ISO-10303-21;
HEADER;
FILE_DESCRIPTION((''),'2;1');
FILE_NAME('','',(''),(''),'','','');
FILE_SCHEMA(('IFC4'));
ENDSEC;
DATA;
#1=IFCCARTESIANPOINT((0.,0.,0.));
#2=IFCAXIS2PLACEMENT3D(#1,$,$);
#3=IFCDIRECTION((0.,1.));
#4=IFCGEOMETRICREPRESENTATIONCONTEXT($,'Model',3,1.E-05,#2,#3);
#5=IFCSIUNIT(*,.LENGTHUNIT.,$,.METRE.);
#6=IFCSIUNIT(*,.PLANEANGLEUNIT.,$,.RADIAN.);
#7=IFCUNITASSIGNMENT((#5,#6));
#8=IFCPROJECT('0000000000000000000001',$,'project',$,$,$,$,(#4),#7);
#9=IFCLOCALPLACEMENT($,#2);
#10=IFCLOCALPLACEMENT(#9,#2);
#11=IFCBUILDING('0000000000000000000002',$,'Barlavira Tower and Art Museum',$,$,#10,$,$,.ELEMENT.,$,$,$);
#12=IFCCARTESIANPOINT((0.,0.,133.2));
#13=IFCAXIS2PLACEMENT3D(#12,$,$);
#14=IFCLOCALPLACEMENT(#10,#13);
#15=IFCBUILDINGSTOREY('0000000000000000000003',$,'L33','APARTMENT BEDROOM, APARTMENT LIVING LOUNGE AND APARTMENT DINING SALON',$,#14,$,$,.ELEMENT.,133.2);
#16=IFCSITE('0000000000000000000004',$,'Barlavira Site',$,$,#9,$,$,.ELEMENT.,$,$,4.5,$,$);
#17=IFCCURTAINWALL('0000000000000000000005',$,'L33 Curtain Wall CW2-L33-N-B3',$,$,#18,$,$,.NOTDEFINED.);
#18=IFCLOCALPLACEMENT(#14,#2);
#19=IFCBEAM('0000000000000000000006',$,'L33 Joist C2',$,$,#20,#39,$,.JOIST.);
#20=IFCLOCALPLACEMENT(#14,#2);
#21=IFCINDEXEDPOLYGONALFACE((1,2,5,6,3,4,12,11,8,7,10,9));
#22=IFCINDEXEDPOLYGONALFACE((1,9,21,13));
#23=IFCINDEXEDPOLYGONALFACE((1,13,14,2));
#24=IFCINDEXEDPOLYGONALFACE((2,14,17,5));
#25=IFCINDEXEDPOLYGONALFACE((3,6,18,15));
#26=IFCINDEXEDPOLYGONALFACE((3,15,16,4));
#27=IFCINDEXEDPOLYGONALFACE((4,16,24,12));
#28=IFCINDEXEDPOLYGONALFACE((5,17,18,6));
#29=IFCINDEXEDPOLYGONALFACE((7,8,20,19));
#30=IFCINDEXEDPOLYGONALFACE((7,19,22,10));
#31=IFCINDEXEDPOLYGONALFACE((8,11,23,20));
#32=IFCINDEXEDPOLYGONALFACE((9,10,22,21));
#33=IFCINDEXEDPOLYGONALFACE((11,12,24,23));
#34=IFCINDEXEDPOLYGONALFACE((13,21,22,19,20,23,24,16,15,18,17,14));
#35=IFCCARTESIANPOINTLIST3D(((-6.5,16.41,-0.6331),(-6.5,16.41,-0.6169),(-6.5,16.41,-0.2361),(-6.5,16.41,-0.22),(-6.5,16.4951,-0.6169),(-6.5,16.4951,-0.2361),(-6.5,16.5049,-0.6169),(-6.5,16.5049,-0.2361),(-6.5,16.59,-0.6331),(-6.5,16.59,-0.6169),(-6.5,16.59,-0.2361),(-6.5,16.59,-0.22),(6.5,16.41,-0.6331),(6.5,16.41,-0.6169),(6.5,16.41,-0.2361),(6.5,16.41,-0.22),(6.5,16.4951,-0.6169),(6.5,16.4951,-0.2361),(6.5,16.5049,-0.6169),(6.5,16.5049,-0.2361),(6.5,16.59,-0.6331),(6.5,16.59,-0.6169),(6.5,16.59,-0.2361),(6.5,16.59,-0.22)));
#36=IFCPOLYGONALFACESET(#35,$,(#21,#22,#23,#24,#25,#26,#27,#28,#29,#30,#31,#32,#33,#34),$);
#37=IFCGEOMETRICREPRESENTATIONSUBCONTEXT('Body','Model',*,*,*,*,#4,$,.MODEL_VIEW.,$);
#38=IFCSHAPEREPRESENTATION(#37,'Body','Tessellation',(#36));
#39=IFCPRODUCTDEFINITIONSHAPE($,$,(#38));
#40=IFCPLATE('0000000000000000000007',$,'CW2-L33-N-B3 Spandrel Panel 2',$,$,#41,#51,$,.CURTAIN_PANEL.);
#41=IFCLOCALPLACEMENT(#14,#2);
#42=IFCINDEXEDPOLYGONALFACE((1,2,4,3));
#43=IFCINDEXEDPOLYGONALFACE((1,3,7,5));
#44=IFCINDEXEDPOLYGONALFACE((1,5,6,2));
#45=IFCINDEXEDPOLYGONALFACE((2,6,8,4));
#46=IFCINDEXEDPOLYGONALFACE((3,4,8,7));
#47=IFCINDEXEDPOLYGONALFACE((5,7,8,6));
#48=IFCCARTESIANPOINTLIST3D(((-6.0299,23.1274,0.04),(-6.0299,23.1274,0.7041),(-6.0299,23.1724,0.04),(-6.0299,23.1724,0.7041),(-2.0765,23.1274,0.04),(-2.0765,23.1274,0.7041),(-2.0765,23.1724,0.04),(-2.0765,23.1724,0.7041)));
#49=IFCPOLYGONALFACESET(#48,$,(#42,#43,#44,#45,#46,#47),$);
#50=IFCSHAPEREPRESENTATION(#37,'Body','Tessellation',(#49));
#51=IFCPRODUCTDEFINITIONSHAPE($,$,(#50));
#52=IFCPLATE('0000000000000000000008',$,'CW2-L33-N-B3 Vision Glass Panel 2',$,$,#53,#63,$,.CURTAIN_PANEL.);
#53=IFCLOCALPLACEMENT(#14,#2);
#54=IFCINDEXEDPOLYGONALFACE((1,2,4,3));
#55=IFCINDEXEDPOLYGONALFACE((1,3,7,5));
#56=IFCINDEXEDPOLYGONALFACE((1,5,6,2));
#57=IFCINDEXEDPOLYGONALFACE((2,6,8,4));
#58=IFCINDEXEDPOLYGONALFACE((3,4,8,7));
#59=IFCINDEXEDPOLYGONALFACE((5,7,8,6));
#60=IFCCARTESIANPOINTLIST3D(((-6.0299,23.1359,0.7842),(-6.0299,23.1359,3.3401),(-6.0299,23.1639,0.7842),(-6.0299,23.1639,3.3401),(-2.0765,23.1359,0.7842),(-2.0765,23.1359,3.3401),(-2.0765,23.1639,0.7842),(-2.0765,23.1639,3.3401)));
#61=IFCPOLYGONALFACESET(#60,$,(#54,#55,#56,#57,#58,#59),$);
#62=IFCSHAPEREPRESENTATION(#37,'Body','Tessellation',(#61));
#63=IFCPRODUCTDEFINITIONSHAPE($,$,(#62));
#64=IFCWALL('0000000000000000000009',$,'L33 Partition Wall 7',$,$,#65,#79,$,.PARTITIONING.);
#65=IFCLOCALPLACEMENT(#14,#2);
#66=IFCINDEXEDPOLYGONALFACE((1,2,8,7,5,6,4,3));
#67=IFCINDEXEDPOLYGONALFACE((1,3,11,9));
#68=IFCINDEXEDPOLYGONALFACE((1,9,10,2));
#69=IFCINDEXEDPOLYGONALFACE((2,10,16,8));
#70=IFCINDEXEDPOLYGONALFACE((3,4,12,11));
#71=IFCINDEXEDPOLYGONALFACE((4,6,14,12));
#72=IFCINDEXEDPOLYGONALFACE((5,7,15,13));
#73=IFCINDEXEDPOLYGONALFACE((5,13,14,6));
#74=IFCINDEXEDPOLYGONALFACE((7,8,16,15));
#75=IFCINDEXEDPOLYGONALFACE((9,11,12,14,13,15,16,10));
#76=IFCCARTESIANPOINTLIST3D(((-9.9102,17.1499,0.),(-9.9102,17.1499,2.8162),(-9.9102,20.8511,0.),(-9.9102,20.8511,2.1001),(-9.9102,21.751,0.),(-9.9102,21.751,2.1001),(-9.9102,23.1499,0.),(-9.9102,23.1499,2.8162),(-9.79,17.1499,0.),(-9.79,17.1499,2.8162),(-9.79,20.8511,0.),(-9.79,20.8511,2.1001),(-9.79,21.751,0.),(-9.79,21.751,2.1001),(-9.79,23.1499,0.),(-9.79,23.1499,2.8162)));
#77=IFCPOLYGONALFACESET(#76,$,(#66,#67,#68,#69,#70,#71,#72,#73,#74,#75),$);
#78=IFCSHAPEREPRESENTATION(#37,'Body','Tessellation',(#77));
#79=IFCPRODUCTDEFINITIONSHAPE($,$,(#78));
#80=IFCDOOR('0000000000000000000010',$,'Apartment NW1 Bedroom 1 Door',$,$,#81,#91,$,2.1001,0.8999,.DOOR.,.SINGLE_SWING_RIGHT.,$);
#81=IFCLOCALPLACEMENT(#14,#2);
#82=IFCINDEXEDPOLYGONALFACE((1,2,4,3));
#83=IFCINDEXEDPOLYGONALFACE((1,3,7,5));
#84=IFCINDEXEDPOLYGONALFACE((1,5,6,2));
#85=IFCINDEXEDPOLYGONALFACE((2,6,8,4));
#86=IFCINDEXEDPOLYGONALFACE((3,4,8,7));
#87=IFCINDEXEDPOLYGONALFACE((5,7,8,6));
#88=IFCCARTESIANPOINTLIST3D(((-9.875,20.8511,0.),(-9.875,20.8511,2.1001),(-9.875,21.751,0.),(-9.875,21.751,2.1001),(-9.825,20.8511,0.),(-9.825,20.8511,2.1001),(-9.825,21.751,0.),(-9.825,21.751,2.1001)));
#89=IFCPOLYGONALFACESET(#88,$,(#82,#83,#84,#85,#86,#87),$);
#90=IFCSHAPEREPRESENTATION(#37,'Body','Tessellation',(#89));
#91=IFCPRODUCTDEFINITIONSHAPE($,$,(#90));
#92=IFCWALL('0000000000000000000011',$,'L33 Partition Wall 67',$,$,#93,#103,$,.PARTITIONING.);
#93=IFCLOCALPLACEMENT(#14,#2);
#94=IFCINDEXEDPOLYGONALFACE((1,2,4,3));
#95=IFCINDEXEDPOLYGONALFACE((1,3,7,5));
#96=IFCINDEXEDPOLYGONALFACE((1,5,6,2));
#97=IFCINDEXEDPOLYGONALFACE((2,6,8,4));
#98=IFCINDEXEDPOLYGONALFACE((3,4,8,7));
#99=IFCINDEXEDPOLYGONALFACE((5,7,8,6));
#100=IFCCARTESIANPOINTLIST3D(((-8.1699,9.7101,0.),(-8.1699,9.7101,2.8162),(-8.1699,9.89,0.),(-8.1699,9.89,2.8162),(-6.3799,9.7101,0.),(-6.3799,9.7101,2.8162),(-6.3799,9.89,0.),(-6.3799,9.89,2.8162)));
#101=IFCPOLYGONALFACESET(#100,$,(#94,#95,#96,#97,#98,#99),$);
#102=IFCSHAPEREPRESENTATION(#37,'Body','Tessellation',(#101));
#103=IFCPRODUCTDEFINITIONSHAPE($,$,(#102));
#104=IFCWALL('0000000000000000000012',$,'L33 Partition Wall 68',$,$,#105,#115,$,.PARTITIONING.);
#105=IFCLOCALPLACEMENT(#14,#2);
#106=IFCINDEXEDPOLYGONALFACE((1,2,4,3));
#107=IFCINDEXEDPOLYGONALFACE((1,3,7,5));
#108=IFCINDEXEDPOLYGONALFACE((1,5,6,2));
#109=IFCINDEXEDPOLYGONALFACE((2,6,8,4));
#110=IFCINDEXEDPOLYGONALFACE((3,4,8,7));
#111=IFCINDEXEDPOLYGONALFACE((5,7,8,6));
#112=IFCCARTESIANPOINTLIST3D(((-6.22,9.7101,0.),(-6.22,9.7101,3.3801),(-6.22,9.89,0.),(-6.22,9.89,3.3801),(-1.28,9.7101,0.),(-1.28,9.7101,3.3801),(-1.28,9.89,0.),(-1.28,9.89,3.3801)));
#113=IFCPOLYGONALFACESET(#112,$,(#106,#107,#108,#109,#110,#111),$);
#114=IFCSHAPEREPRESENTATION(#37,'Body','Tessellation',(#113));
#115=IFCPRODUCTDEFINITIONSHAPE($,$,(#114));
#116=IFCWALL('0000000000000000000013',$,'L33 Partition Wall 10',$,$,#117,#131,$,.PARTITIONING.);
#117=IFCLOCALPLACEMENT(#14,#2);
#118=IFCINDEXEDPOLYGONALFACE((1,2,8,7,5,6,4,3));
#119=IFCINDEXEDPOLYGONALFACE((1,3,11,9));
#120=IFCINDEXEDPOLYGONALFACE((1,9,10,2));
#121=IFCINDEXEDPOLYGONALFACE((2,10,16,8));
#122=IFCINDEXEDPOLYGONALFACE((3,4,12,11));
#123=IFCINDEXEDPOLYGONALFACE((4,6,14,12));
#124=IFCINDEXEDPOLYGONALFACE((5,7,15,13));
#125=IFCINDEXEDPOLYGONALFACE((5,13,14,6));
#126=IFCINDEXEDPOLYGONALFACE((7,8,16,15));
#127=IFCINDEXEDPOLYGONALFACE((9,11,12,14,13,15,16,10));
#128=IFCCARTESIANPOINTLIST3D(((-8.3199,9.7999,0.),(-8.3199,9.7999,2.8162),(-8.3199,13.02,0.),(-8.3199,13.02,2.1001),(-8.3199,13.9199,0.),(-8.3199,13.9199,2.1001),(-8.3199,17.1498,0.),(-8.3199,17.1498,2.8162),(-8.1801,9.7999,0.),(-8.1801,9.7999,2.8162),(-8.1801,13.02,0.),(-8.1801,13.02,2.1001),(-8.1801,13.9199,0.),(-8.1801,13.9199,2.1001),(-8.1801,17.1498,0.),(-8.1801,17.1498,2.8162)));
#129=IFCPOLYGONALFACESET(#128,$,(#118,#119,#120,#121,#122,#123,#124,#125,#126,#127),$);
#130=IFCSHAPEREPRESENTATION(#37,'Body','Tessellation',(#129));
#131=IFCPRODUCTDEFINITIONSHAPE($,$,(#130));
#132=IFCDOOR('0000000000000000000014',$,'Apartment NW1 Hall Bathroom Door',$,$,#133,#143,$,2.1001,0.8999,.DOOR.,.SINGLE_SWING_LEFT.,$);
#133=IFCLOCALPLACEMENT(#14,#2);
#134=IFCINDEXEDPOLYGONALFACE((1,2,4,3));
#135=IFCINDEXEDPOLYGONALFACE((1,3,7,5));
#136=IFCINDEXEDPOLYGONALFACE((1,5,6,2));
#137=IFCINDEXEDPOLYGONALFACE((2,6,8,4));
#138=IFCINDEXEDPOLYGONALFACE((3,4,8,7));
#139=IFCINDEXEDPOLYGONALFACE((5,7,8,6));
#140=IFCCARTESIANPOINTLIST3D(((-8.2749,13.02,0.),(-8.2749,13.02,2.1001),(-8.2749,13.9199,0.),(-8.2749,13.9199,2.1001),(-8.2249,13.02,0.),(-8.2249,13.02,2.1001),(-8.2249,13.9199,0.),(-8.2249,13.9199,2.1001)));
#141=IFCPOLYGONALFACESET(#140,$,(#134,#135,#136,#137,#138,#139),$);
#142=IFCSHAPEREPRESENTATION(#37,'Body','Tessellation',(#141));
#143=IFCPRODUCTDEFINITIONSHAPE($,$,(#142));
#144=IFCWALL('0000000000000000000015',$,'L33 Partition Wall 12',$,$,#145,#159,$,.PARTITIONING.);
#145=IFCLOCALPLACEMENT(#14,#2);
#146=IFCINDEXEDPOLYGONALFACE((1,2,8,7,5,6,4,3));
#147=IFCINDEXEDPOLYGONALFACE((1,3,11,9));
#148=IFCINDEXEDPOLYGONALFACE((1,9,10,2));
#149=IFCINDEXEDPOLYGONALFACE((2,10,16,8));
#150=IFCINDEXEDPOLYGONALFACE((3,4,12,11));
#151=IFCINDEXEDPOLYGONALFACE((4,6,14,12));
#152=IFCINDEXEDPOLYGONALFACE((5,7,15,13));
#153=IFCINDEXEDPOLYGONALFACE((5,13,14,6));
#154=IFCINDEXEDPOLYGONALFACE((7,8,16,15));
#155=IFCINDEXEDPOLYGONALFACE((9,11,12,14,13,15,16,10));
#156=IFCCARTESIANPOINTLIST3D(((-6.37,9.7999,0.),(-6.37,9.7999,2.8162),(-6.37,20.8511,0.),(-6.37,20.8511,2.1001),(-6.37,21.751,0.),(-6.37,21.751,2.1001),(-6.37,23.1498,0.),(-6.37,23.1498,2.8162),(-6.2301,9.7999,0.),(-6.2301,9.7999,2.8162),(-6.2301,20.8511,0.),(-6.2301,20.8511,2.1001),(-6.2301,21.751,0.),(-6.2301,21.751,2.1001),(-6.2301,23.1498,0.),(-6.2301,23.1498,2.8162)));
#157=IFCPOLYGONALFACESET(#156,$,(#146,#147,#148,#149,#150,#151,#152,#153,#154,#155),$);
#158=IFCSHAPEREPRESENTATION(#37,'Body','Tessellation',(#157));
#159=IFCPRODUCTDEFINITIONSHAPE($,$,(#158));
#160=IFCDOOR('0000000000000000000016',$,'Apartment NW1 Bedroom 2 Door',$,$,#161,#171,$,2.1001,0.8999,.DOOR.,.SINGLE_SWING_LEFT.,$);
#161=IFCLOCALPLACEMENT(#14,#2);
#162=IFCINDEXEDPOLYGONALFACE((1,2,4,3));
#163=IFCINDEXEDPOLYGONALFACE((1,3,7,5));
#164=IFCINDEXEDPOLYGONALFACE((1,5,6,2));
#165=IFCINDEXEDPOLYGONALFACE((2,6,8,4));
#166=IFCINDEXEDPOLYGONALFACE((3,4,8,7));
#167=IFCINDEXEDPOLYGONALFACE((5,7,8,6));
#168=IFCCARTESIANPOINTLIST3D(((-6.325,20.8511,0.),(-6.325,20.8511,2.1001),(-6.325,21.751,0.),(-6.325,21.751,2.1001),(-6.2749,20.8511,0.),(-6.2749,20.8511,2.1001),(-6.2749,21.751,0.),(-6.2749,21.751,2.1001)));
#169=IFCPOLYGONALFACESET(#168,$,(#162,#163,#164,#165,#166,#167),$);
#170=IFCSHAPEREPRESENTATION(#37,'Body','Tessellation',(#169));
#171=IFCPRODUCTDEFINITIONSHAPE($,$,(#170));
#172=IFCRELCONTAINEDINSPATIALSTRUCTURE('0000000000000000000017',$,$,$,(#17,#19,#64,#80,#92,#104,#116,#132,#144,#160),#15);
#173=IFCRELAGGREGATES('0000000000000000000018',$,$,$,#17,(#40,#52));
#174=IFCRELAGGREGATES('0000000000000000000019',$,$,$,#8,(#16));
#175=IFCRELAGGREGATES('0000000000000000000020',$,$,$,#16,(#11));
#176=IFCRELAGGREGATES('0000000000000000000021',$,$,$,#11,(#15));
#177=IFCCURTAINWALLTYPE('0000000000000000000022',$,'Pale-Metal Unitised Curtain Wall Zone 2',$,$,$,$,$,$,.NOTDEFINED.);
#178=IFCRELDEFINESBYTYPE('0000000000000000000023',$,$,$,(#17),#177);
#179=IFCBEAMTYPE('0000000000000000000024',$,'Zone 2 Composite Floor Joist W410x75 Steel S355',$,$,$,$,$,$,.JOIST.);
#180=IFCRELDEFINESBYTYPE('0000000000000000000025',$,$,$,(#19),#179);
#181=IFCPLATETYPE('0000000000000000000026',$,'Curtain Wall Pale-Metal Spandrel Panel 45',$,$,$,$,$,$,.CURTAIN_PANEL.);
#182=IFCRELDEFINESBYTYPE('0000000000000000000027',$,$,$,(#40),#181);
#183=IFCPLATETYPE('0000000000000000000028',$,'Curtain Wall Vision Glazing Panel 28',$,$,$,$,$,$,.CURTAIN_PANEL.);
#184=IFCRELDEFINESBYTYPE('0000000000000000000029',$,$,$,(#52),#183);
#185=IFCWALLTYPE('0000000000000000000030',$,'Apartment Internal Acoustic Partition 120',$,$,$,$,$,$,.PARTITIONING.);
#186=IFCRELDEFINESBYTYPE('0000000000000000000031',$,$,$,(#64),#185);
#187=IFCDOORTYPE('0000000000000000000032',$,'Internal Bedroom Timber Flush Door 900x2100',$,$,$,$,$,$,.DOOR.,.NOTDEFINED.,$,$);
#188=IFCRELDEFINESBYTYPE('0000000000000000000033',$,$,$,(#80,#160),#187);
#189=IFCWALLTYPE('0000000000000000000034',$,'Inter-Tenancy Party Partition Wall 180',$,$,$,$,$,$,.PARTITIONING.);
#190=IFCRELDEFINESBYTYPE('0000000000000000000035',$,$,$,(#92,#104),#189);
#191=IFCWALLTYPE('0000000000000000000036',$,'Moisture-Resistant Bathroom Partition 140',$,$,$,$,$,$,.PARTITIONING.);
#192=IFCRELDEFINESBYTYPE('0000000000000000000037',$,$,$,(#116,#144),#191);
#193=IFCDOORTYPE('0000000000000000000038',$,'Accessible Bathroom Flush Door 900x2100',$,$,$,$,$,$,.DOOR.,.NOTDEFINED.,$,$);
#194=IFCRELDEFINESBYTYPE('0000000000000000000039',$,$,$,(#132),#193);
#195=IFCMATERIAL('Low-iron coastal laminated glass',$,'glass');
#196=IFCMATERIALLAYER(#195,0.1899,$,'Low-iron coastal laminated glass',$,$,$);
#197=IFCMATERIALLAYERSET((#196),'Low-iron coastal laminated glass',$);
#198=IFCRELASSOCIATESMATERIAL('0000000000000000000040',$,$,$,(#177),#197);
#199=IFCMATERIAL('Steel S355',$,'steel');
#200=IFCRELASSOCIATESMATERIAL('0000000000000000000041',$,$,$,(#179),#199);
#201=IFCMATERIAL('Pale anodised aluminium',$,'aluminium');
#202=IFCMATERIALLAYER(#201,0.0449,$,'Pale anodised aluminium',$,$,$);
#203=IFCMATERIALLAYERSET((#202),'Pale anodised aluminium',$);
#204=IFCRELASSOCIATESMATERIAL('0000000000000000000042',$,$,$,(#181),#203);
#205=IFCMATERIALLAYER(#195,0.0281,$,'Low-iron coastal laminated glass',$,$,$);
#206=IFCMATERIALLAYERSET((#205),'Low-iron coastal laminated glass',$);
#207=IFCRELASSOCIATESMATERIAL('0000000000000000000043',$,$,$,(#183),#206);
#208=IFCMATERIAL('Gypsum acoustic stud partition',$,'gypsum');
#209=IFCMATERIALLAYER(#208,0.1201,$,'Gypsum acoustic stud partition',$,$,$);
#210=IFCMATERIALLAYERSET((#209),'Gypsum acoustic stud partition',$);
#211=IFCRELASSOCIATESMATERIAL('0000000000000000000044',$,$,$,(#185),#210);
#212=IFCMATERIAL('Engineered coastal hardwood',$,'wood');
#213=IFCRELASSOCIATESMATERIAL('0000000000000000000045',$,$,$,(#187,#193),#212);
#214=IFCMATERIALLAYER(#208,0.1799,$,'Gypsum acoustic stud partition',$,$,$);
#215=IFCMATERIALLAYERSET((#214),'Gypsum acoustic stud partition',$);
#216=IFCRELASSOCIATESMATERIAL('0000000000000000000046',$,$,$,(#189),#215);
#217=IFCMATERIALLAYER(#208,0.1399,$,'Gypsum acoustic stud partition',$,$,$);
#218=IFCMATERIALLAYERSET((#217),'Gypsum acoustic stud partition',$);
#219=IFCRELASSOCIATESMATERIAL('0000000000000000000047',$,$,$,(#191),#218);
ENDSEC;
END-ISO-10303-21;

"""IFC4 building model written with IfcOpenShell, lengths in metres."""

from ifc_helpers import new_model, si_unit, direction, frame, frame_2d, origin, origin_2d, place, context, subcontext, project, spatial, rectangle, i_section, extrude, material, layer, layer_set, material_profile, profile_set, type_object, element, fill, aggregate, save


model = new_model("IFC4")

# Units and contexts
model_context = context("Model", 3, precision=1e-05, world=origin(), true_north=direction((0.0, 1.0)))
body_context = subcontext(model_context, "Body", "Model", "MODEL_VIEW")
ifc_project = project(units=[si_unit("LENGTHUNIT", "METRE"), si_unit("PLANEANGLEUNIT", "RADIAN")], contexts=[model_context])

# Site, building, storey
site_placement = place(None, origin())
site = spatial("IfcSite", under=ifc_project, at=site_placement, Name="Barlavira Site", CompositionType="ELEMENT", RefElevation=4.5)
building_placement = place(site_placement, origin())
building = spatial("IfcBuilding", under=site, at=building_placement, Name="Barlavira Tower and Art Museum", CompositionType="ELEMENT")
storey_placement = place(building_placement, frame((0.0, 0.0, 133.2)))
storey = spatial("IfcBuildingStorey", under=building, at=storey_placement, Name="L33", Description="APARTMENT BEDROOM, APARTMENT LIVING LOUNGE AND APARTMENT DINING SALON", CompositionType="ELEMENT", Elevation=133.2)

# Curtain wall
ifc_material_1 = material(Name="Low-iron coastal laminated glass", Category="glass")
ifc_layer_1 = layer(ifc_material_1, 0.1899, Name="Low-iron coastal laminated glass")
ifc_layer_set_1 = layer_set([ifc_layer_1], Name="Low-iron coastal laminated glass")
curtain_wall_type = type_object("IfcCurtainWallType", Name="Pale-Metal Unitised Curtain Wall Zone 2", PredefinedType="NOTDEFINED", material=ifc_layer_set_1)
curtain_wall_placement = place(storey_placement, origin())
curtain_wall = element("IfcCurtainWall", 1, at=curtain_wall_placement, inside=storey, type_object=curtain_wall_type, Name="L33 Curtain Wall CW2-L33-N-B3", PredefinedType="NOTDEFINED")
ifc_material_2 = material(Name="Pale anodised aluminium", Category="aluminium")

# Beam
ifc_material_3 = material(Name="Steel S355", Category="steel")
ifc_material_profile_1 = material_profile(ifc_material_3, i_section(OverallWidth=0.1799, OverallDepth=0.4131, WebThickness=0.0098, FlangeThickness=0.0161, at=origin_2d()), Name="W410x75.0")
ifc_profile_set_1 = profile_set([ifc_material_profile_1], Name="Steel S355")
beam_type_1 = type_object("IfcBeamType", Name="Zone 2 Composite Floor Joist W410x75 Steel S355", PredefinedType="JOIST", material=ifc_profile_set_1)
beam_1_placement = place(storey_placement, frame((-6.5, 16.5, -0.4265), z_axis=(1.0, 0.0, 0.0), x_axis=(0.0, 1.0, 0.0)))
element("IfcBeam", 2, at=beam_1_placement, inside=storey, type_object=beam_type_1, Name="L33 Joist C2", PredefinedType="JOIST", context=body_context, shape_type="SweptSolid", body=[
    extrude(i_section(OverallWidth=0.1799, OverallDepth=0.4131, WebThickness=0.0098, FlangeThickness=0.0161, at=origin_2d()), origin(), (0.0, 0.0, 1.0), 13.0),
])

# Plates
ifc_layer_2 = layer(ifc_material_2, 0.0449, Name="Pale anodised aluminium")
ifc_layer_set_2 = layer_set([ifc_layer_2], Name="Pale anodised aluminium")
plate_type_1 = type_object("IfcPlateType", Name="Curtain Wall Pale-Metal Spandrel Panel 45", PredefinedType="CURTAIN_PANEL", material=ifc_layer_set_2)
plate_1_placement = place(storey_placement, frame((-4.0532, 23.1499, 0.04), z_axis=(0.0, 0.0, 1.0), x_axis=(-1.0, 0.0, 0.0)))
plate_1 = element("IfcPlate", 3, at=plate_1_placement, type_object=plate_type_1, Name="CW2-L33-N-B3 Spandrel Panel 2", PredefinedType="CURTAIN_PANEL", context=body_context, shape_type="SweptSolid", body=[
    extrude(rectangle(XDim=3.9534, YDim=0.0449, at=origin_2d()), origin(), (0.0, 0.0, 1.0), 0.6641),
])
ifc_layer_3 = layer(ifc_material_1, 0.0281, Name="Low-iron coastal laminated glass")
ifc_layer_set_3 = layer_set([ifc_layer_3], Name="Low-iron coastal laminated glass")
plate_type_2 = type_object("IfcPlateType", Name="Curtain Wall Vision Glazing Panel 28", PredefinedType="CURTAIN_PANEL", material=ifc_layer_set_3)
plate_2_placement = place(storey_placement, frame((-4.0532, 23.1499, 0.7842), z_axis=(0.0, 0.0, 1.0), x_axis=(-1.0, 0.0, 0.0)))
plate_2 = element("IfcPlate", 4, at=plate_2_placement, type_object=plate_type_2, Name="CW2-L33-N-B3 Vision Glass Panel 2", PredefinedType="CURTAIN_PANEL", context=body_context, shape_type="SweptSolid", body=[
    extrude(rectangle(XDim=3.9534, YDim=0.0281, at=origin_2d()), origin(), (0.0, 0.0, 1.0), 2.5559),
])
aggregate(curtain_wall, [plate_1, plate_2])

# Wall, opening, door
ifc_material_4 = material(Name="Gypsum acoustic stud partition", Category="gypsum")
ifc_layer_4 = layer(ifc_material_4, 0.1201, Name="Gypsum acoustic stud partition")
ifc_layer_set_4 = layer_set([ifc_layer_4], Name="Gypsum acoustic stud partition")
wall_type_1 = type_object("IfcWallType", Name="Apartment Internal Acoustic Partition 120", PredefinedType="PARTITIONING", material=ifc_layer_set_4)
wall_1_placement = place(storey_placement, frame((-9.8501, 17.1499, 0.0), z_axis=(0.0, 0.0, 1.0), x_axis=(0.0, 1.0, 0.0)))
wall_1 = element("IfcWall", 5, at=wall_1_placement, inside=storey, type_object=wall_type_1, Name="L33 Partition Wall 7", PredefinedType="PARTITIONING", context=body_context, shape_type="SweptSolid", body=[
    extrude(rectangle(XDim=6.0, YDim=0.1201, at=frame_2d((3.0, 0.0))), origin(), (0.0, 0.0, 1.0), 2.8162),
])
opening_1_placement = place(wall_1_placement, frame((3.7012, 0.0, 0.0)))
opening_1 = element("IfcOpeningElement", 6, at=opening_1_placement, cuts=wall_1, PredefinedType="OPENING", context=body_context, shape_type="SweptSolid", body=[
    extrude(rectangle(XDim=0.8999, YDim=2.1001, at=frame_2d((0.45, 1.05))), frame((0.0, 0.0701, 0.0), z_axis=(0.0, -1.0, 0.0), x_axis=(1.0, 0.0, 0.0)), (0.0, 0.0, 1.0), 0.1401),
])
ifc_material_5 = material(Name="Engineered coastal hardwood", Category="wood")
door_type_1 = type_object("IfcDoorType", Name="Internal Bedroom Timber Flush Door 900x2100", OperationType="NOTDEFINED", PredefinedType="DOOR", material=ifc_material_5)
door_1_placement = place(opening_1_placement, origin())
door_1 = element("IfcDoor", 7, at=door_1_placement, inside=storey, type_object=door_type_1, Name="Apartment NW1 Bedroom 1 Door", OperationType="SINGLE_SWING_RIGHT", OverallHeight=2.1001, OverallWidth=0.8999, PredefinedType="DOOR", context=body_context, shape_type="SweptSolid", body=[
    extrude(rectangle(XDim=0.8999, YDim=2.1001, at=frame_2d((0.45, 1.05))), frame((0.0, 0.0249, 0.0), z_axis=(0.0, -1.0, 0.0), x_axis=(1.0, 0.0, 0.0)), (0.0, 0.0, 1.0), 0.05),
])
fill(opening_1, door_1)

# Walls
ifc_layer_5 = layer(ifc_material_4, 0.1799, Name="Gypsum acoustic stud partition")
ifc_layer_set_5 = layer_set([ifc_layer_5], Name="Gypsum acoustic stud partition")
wall_type_2 = type_object("IfcWallType", Name="Inter-Tenancy Party Partition Wall 180", PredefinedType="PARTITIONING", material=ifc_layer_set_5)
wall_2_placement = place(storey_placement, frame((-8.1699, 9.8, 0.0), z_axis=(0.0, 0.0, 1.0), x_axis=(1.0, 0.0, 0.0)))
element("IfcWall", 8, at=wall_2_placement, inside=storey, type_object=wall_type_2, Name="L33 Partition Wall 67", PredefinedType="PARTITIONING", context=body_context, shape_type="SweptSolid", body=[
    extrude(rectangle(XDim=1.79, YDim=0.1799, at=frame_2d((0.895, 0.0))), origin(), (0.0, 0.0, 1.0), 2.8162),
])
wall_3_placement = place(storey_placement, frame((-6.22, 9.8, 0.0), z_axis=(0.0, 0.0, 1.0), x_axis=(1.0, 0.0, 0.0)))
element("IfcWall", 9, at=wall_3_placement, inside=storey, type_object=wall_type_2, Name="L33 Partition Wall 68", PredefinedType="PARTITIONING", context=body_context, shape_type="SweptSolid", body=[
    extrude(rectangle(XDim=4.9399, YDim=0.1799, at=frame_2d((2.47, 0.0))), origin(), (0.0, 0.0, 1.0), 3.3801),
])

# Walls, openings, doors
ifc_layer_6 = layer(ifc_material_4, 0.1399, Name="Gypsum acoustic stud partition")
ifc_layer_set_6 = layer_set([ifc_layer_6], Name="Gypsum acoustic stud partition")
wall_type_3 = type_object("IfcWallType", Name="Moisture-Resistant Bathroom Partition 140", PredefinedType="PARTITIONING", material=ifc_layer_set_6)
wall_4_placement = place(storey_placement, frame((-8.25, 9.8, 0.0), z_axis=(0.0, 0.0, 1.0), x_axis=(0.0, 1.0, 0.0)))
wall_4 = element("IfcWall", 10, at=wall_4_placement, inside=storey, type_object=wall_type_3, Name="L33 Partition Wall 10", PredefinedType="PARTITIONING", context=body_context, shape_type="SweptSolid", body=[
    extrude(rectangle(XDim=7.3499, YDim=0.1399, at=frame_2d((3.6748, 0.0))), origin(), (0.0, 0.0, 1.0), 2.8162),
])
opening_2_placement = place(wall_4_placement, frame((3.22, 0.0, 0.0)))
opening_2 = element("IfcOpeningElement", 11, at=opening_2_placement, cuts=wall_4, PredefinedType="OPENING", context=body_context, shape_type="SweptSolid", body=[
    extrude(rectangle(XDim=0.8999, YDim=2.1001, at=frame_2d((0.45, 1.05))), frame((0.0, 0.0801, 0.0), z_axis=(0.0, -1.0, 0.0), x_axis=(1.0, 0.0, 0.0)), (0.0, 0.0, 1.0), 0.1599),
])
door_type_2 = type_object("IfcDoorType", Name="Accessible Bathroom Flush Door 900x2100", OperationType="NOTDEFINED", PredefinedType="DOOR", material=ifc_material_5)
door_2_placement = place(opening_2_placement, origin())
door_2 = element("IfcDoor", 12, at=door_2_placement, inside=storey, type_object=door_type_2, Name="Apartment NW1 Hall Bathroom Door", OperationType="SINGLE_SWING_LEFT", OverallHeight=2.1001, OverallWidth=0.8999, PredefinedType="DOOR", context=body_context, shape_type="SweptSolid", body=[
    extrude(rectangle(XDim=0.8999, YDim=2.1001, at=frame_2d((0.45, 1.05))), frame((0.0, 0.0249, 0.0), z_axis=(0.0, -1.0, 0.0), x_axis=(1.0, 0.0, 0.0)), (0.0, 0.0, 1.0), 0.05),
])
fill(opening_2, door_2)
wall_5_placement = place(storey_placement, frame((-6.3, 9.8, 0.0), z_axis=(0.0, 0.0, 1.0), x_axis=(0.0, 1.0, 0.0)))
wall_5 = element("IfcWall", 13, at=wall_5_placement, inside=storey, type_object=wall_type_3, Name="L33 Partition Wall 12", PredefinedType="PARTITIONING", context=body_context, shape_type="SweptSolid", body=[
    extrude(rectangle(XDim=13.3499, YDim=0.1399, at=frame_2d((6.6748, 0.0))), origin(), (0.0, 0.0, 1.0), 2.8162),
])
opening_3_placement = place(wall_5_placement, frame((11.051, 0.0, 0.0)))
opening_3 = element("IfcOpeningElement", 14, at=opening_3_placement, cuts=wall_5, PredefinedType="OPENING", context=body_context, shape_type="SweptSolid", body=[
    extrude(rectangle(XDim=0.8999, YDim=2.1001, at=frame_2d((0.45, 1.05))), frame((0.0, 0.0801, 0.0), z_axis=(0.0, -1.0, 0.0), x_axis=(1.0, 0.0, 0.0)), (0.0, 0.0, 1.0), 0.1599),
])
door_3_placement = place(opening_3_placement, origin())
door_3 = element("IfcDoor", 15, at=door_3_placement, inside=storey, type_object=door_type_1, Name="Apartment NW1 Bedroom 2 Door", OperationType="SINGLE_SWING_LEFT", OverallHeight=2.1001, OverallWidth=0.8999, PredefinedType="DOOR", context=body_context, shape_type="SweptSolid", body=[
    extrude(rectangle(XDim=0.8999, YDim=2.1001, at=frame_2d((0.45, 1.05))), frame((0.0, 0.0249, 0.0), z_axis=(0.0, -1.0, 0.0), x_axis=(1.0, 0.0, 0.0)), (0.0, 0.0, 1.0), 0.05),
])
fill(opening_3, door_3)

save(model, "model.ifc")
